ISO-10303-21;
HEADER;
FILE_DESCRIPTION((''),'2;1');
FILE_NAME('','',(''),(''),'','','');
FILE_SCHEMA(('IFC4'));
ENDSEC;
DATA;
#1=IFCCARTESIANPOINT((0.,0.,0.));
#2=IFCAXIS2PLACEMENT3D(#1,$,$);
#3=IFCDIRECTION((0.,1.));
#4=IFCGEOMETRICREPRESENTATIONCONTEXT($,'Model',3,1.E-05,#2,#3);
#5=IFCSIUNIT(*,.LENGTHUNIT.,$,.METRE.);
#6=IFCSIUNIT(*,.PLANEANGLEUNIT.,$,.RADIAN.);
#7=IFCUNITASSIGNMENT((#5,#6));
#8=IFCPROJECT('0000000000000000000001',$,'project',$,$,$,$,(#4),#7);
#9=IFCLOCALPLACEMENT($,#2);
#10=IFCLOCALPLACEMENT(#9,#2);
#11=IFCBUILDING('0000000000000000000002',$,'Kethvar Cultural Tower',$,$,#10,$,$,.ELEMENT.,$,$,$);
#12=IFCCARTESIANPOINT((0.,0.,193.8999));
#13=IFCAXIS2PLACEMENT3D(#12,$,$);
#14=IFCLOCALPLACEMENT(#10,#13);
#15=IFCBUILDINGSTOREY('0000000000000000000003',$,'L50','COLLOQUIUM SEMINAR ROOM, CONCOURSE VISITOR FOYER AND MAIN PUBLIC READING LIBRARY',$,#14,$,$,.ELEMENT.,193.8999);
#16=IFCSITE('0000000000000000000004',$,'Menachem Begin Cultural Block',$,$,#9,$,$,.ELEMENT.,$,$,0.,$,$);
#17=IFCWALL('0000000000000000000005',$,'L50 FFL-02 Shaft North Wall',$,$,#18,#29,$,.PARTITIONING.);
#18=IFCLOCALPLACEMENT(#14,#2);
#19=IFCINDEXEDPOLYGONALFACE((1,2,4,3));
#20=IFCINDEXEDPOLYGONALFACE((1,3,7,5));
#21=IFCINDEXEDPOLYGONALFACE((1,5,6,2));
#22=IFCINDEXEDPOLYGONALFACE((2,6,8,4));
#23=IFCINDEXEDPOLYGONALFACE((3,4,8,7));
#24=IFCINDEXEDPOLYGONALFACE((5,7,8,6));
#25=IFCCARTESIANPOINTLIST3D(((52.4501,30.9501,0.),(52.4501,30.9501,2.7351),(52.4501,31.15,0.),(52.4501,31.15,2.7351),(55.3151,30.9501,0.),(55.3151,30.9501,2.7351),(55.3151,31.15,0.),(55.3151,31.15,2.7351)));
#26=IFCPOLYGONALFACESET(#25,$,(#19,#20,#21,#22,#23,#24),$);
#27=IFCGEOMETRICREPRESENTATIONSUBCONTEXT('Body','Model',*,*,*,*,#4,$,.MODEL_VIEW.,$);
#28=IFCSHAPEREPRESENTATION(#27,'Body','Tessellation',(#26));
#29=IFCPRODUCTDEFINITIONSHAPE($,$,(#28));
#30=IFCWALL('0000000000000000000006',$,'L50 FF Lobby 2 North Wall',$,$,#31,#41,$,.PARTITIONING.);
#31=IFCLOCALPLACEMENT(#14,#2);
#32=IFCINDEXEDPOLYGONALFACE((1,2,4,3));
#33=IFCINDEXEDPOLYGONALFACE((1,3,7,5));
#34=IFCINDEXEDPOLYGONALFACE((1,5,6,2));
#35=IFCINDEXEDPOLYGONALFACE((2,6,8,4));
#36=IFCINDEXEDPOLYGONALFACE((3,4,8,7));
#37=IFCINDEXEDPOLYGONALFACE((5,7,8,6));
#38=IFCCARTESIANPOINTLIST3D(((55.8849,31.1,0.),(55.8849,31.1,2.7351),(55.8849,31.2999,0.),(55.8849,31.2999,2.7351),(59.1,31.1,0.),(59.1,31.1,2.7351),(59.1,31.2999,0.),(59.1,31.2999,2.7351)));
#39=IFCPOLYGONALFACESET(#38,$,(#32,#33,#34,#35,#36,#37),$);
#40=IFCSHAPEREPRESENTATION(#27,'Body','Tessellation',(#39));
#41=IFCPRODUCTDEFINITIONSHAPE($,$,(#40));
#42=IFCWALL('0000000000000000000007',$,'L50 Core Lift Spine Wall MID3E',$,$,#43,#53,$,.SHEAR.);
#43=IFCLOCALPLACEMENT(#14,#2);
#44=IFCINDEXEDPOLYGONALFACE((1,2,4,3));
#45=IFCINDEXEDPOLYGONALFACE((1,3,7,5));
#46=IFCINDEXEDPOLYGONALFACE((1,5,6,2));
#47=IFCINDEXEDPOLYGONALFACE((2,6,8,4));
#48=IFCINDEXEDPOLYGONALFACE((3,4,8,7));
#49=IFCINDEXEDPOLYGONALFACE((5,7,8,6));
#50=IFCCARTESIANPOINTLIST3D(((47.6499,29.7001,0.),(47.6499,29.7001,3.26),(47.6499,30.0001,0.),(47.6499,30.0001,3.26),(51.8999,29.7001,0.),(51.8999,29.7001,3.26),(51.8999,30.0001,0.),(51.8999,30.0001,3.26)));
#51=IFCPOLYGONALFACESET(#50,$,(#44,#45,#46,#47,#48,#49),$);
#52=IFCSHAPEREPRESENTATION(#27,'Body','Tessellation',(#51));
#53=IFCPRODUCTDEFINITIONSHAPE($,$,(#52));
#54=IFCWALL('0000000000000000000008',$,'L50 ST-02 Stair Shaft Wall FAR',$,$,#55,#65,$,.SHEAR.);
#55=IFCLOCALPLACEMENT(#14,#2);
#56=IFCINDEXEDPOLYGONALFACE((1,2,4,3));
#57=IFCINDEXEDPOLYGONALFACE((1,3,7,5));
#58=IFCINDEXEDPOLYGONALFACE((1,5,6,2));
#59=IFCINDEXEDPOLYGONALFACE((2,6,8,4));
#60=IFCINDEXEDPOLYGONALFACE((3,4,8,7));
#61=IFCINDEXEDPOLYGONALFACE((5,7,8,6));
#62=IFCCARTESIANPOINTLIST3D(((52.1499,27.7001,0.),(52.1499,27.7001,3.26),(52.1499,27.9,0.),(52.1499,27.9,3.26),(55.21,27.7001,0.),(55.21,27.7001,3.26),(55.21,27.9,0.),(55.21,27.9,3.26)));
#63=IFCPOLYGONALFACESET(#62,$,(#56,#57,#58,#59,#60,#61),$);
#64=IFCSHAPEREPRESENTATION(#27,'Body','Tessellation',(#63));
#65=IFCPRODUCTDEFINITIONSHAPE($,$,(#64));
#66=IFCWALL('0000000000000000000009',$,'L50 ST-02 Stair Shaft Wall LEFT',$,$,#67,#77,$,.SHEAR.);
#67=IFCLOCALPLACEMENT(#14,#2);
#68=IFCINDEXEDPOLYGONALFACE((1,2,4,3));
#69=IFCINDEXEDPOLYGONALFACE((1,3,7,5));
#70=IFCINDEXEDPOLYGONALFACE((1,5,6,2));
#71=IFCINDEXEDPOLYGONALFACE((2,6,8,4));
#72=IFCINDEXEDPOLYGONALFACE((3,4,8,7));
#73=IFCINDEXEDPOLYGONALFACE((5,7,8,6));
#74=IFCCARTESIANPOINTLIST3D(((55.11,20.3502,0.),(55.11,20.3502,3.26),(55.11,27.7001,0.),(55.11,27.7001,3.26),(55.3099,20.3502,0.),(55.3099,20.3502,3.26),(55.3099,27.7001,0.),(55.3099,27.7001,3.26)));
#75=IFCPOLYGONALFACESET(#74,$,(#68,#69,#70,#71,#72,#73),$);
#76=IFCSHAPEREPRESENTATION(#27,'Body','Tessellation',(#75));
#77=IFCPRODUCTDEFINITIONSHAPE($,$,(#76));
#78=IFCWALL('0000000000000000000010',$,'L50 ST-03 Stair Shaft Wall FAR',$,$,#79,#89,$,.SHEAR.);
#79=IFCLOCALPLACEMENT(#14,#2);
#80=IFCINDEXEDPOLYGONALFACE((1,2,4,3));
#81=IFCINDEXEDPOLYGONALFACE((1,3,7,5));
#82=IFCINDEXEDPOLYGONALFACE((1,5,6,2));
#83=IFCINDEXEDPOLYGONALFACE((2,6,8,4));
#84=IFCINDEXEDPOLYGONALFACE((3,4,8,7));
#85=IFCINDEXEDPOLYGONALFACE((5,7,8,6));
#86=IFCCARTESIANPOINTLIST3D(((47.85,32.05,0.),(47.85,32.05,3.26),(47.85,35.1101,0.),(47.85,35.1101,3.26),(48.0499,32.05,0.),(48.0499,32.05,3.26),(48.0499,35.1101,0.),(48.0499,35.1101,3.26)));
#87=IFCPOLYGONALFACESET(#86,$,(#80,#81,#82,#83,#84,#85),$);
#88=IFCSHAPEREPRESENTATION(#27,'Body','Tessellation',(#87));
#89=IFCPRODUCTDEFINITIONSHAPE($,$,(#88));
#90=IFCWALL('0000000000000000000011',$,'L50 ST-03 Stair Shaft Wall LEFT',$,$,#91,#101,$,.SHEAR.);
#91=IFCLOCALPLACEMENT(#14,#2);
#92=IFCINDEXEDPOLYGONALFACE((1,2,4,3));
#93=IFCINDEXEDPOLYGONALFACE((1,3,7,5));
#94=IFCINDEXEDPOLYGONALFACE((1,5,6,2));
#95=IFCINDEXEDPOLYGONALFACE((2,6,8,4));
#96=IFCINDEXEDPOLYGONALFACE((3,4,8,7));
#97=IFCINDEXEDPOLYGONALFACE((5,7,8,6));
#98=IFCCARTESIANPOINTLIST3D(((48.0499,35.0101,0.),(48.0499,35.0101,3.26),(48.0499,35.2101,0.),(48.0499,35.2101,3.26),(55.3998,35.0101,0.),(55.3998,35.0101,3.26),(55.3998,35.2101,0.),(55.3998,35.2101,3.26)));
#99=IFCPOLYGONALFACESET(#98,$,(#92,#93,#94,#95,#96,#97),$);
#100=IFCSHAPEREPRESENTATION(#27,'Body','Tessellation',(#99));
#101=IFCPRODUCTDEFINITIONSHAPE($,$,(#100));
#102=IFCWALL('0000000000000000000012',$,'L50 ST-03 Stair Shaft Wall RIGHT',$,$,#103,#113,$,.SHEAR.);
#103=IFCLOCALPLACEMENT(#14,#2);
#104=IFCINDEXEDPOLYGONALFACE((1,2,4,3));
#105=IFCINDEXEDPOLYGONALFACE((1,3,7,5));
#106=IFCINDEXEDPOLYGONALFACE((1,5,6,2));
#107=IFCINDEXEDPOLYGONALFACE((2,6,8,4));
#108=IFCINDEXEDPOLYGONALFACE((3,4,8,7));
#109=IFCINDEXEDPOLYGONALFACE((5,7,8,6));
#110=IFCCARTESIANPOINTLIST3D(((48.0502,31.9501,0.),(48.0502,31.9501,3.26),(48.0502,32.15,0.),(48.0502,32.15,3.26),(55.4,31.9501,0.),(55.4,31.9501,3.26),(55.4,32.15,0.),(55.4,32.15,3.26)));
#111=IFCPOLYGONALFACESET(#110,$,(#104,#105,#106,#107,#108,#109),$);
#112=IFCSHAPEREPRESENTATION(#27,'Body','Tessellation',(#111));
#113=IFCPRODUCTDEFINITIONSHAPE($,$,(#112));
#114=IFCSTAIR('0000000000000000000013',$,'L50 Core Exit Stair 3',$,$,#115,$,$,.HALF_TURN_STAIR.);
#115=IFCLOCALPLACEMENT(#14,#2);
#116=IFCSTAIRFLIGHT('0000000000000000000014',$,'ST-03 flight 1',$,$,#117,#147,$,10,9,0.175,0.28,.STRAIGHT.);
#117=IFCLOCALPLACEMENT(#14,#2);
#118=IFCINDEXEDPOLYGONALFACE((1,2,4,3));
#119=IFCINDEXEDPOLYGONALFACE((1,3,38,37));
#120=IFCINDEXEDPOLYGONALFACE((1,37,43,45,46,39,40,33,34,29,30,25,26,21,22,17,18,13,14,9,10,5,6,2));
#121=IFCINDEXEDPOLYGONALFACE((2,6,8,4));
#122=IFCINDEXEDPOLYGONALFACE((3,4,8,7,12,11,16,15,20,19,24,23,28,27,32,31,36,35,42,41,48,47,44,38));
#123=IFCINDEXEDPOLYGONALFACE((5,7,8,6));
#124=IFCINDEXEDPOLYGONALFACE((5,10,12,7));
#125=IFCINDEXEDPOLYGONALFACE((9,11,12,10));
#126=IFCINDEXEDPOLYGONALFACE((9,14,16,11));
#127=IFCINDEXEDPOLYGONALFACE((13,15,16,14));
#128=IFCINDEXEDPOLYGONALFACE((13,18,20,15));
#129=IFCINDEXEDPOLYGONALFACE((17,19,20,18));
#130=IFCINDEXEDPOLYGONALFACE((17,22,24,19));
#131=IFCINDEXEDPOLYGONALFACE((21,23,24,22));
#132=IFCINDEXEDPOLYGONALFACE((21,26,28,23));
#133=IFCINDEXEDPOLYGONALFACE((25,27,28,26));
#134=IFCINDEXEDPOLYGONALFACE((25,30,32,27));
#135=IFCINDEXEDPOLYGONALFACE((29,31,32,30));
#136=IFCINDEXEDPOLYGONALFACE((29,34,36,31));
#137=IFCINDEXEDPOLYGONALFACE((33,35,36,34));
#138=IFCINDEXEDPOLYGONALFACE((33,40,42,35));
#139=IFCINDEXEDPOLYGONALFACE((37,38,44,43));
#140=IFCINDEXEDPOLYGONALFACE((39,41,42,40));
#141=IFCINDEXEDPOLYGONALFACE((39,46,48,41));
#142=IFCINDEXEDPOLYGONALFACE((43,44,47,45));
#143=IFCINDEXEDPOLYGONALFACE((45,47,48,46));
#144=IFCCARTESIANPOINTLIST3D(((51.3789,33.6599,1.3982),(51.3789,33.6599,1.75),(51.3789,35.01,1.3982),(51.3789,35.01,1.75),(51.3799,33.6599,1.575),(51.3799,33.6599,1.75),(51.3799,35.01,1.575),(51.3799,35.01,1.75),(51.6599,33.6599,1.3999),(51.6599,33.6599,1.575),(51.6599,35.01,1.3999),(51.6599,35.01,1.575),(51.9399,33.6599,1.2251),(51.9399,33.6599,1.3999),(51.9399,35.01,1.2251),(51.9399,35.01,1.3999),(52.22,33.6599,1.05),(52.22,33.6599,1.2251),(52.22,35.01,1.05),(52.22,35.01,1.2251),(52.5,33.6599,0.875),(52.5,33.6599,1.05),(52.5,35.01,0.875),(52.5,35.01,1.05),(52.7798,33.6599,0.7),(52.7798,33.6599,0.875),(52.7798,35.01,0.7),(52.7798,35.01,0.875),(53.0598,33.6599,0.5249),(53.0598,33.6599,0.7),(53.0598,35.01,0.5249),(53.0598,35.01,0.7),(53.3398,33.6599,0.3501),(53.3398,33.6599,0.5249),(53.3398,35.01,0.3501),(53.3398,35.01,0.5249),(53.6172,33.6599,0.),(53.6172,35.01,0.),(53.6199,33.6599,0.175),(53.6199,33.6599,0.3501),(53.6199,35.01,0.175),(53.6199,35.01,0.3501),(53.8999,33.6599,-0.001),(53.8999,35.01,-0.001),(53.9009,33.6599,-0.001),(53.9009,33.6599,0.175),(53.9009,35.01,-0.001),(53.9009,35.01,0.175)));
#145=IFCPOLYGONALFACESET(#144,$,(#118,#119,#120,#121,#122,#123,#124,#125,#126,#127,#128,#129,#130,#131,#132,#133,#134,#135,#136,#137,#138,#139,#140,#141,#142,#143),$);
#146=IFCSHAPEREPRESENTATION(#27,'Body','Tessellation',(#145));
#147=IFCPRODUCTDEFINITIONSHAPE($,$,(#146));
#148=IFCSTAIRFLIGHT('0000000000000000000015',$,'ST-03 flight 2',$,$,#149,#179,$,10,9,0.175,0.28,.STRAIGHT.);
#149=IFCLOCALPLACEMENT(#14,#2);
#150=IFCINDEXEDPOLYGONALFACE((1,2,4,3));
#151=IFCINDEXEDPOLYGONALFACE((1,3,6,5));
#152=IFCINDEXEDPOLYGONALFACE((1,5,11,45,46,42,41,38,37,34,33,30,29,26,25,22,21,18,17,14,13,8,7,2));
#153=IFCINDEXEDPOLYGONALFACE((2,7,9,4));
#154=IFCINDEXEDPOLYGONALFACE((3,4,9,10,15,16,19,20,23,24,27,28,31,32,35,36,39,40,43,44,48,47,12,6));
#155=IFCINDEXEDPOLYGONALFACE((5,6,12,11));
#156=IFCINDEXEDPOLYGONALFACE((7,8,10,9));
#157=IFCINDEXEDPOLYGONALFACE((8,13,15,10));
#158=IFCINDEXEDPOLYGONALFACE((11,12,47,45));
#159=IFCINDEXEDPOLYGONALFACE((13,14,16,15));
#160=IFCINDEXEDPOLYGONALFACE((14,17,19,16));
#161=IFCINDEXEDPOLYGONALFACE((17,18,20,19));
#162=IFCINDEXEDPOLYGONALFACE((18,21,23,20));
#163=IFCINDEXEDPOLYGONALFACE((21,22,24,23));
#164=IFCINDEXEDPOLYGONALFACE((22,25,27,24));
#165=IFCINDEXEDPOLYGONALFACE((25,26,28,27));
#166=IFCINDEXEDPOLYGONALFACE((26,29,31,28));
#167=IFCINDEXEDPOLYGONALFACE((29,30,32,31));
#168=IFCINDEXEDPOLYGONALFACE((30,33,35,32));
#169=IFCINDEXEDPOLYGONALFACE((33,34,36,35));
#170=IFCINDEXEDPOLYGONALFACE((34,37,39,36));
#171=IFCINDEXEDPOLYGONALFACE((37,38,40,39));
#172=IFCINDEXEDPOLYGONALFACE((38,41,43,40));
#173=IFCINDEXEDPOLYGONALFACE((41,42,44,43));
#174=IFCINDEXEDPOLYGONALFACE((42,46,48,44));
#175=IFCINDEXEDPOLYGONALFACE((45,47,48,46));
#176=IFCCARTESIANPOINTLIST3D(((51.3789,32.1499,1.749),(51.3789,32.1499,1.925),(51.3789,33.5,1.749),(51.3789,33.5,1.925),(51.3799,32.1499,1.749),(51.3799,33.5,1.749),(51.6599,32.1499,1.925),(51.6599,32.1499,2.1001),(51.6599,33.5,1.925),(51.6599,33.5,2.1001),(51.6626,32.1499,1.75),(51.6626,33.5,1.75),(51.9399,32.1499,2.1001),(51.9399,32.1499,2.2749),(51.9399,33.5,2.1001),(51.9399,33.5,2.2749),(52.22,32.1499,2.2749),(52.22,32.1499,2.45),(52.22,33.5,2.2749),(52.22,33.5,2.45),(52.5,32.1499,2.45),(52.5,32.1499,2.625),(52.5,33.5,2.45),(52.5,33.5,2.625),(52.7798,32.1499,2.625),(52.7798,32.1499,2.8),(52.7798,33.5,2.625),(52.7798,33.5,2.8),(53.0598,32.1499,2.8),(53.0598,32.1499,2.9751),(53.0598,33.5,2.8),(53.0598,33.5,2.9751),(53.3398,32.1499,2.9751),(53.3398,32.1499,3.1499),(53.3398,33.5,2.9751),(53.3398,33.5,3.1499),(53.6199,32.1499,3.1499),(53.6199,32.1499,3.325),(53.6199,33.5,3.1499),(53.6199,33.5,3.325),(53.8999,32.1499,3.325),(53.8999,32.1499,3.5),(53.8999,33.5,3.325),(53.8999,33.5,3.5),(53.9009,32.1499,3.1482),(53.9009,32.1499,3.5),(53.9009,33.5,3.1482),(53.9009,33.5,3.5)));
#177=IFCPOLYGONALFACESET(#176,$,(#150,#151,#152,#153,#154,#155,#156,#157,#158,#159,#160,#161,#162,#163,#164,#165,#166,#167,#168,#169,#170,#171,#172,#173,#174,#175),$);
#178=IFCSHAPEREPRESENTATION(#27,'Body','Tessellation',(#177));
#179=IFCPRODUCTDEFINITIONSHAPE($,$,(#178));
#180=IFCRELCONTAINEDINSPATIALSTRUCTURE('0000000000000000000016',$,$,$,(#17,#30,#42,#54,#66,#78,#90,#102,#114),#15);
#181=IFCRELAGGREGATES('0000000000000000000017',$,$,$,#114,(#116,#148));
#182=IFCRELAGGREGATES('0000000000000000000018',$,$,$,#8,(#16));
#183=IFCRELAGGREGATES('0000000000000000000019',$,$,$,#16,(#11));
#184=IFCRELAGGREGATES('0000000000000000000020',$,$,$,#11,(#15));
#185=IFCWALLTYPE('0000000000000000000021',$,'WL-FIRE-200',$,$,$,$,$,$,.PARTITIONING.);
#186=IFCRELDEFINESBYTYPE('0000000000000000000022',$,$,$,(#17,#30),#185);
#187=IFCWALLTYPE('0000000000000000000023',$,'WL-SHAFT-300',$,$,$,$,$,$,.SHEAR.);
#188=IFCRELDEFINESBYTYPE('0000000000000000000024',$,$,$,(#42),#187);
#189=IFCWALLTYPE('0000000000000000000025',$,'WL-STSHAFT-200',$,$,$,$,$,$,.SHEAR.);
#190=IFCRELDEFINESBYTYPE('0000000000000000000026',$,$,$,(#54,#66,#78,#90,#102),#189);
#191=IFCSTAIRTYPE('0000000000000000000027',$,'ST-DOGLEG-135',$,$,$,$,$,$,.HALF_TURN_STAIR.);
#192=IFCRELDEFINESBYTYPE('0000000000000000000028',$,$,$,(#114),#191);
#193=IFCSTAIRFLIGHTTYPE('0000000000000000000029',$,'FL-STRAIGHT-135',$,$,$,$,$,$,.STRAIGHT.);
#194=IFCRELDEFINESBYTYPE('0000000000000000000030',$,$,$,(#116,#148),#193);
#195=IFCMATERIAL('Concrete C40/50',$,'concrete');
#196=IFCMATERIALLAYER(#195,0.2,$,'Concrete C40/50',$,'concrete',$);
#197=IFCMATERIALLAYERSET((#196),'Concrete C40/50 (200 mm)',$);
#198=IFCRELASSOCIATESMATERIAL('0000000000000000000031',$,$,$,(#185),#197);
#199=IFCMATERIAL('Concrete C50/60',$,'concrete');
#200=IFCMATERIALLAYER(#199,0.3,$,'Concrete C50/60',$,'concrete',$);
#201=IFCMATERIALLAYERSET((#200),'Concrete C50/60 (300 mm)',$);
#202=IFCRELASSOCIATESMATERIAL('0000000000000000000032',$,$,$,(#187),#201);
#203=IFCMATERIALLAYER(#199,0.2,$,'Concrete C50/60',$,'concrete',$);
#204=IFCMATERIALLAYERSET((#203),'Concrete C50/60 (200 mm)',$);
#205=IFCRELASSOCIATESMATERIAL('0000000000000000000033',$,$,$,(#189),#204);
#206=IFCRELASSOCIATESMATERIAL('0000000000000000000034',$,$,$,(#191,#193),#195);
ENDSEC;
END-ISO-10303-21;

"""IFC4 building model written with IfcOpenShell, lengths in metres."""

from ifc_helpers import new_model, si_unit, direction, frame, frame_2d, origin, place, context, subcontext, project, spatial, polyline, rectangle, outline, extrude, material, layer, layer_set, type_object, element, aggregate, save


model = new_model("IFC4")

# Units and contexts
model_context = context("Model", 3, precision=1e-05, world=origin(), true_north=direction((0.0, 1.0)))
body_context = subcontext(model_context, "Body", "Model", "MODEL_VIEW")
ifc_project = project(units=[si_unit("LENGTHUNIT", "METRE"), si_unit("PLANEANGLEUNIT", "RADIAN")], contexts=[model_context])

# Site, building, storey
site_placement = place(None, origin())
site = spatial("IfcSite", under=ifc_project, at=site_placement, Name="Menachem Begin Cultural Block", CompositionType="ELEMENT", RefElevation=0.0)
building_placement = place(site_placement, origin())
building = spatial("IfcBuilding", under=site, at=building_placement, Name="Kethvar Cultural Tower", CompositionType="ELEMENT")
storey_placement = place(building_placement, frame((0.0, 0.0, 193.8999)))
storey = spatial("IfcBuildingStorey", under=building, at=storey_placement, Name="L50", Description="COLLOQUIUM SEMINAR ROOM, CONCOURSE VISITOR FOYER AND MAIN PUBLIC READING LIBRARY", CompositionType="ELEMENT", Elevation=193.8999)

# Walls
ifc_material_1 = material(Name="Concrete C40/50", Category="concrete")
ifc_layer_1 = layer(ifc_material_1, 0.2, Name="Concrete C40/50", Category="concrete")
ifc_layer_set_1 = layer_set([ifc_layer_1], Name="Concrete C40/50 (200 mm)")
wall_type_1 = type_object("IfcWallType", Name="WL-FIRE-200", PredefinedType="PARTITIONING", material=ifc_layer_set_1)
for number, where, z_axis, x_axis, name in (
    (1, (52.45, 31.05, 0.0), (0.0, 0.0, 1.0), (1.0, 0.0, 0.0), "L50 FFL-02 Shaft North Wall"),
):
    element("IfcWall", number, at=place(storey_placement, frame(where, z_axis=z_axis, x_axis=x_axis)), inside=storey, type_object=wall_type_1, Name=name, PredefinedType="PARTITIONING", context=body_context, shape_type="SweptSolid", body=[
        extrude(rectangle(XDim=2.865, YDim=0.2, at=frame_2d((1.4326, 0.0))), origin(), (0.0, 0.0, 1.0), 2.7351),
    ])
wall_1_placement = place(storey_placement, frame((55.885, 31.2, 0.0), z_axis=(0.0, 0.0, 1.0), x_axis=(1.0, 0.0, 0.0)))
element("IfcWall", 2, at=wall_1_placement, inside=storey, type_object=wall_type_1, Name="L50 FF Lobby 2 North Wall", PredefinedType="PARTITIONING", context=body_context, shape_type="SweptSolid", body=[
    extrude(rectangle(XDim=3.2151, YDim=0.2, at=frame_2d((1.6074, 0.0))), origin(), (0.0, 0.0, 1.0), 2.7351),
])
ifc_material_2 = material(Name="Concrete C50/60", Category="concrete")
ifc_layer_2 = layer(ifc_material_2, 0.3, Name="Concrete C50/60", Category="concrete")
ifc_layer_set_2 = layer_set([ifc_layer_2], Name="Concrete C50/60 (300 mm)")
wall_type_2 = type_object("IfcWallType", Name="WL-SHAFT-300", PredefinedType="SHEAR", material=ifc_layer_set_2)
wall_2_placement = place(storey_placement, frame((47.6499, 29.8501, 0.0), z_axis=(0.0, 0.0, 1.0), x_axis=(1.0, 0.0, 0.0)))
element("IfcWall", 3, at=wall_2_placement, inside=storey, type_object=wall_type_2, Name="L50 Core Lift Spine Wall MID3E", PredefinedType="SHEAR", context=body_context, shape_type="SweptSolid", body=[
    extrude(rectangle(XDim=4.25, YDim=0.3, at=frame_2d((2.125, 0.0))), origin(), (0.0, 0.0, 1.0), 3.26),
])
ifc_layer_3 = layer(ifc_material_2, 0.2, Name="Concrete C50/60", Category="concrete")
ifc_layer_set_3 = layer_set([ifc_layer_3], Name="Concrete C50/60 (200 mm)")
wall_type_3 = type_object("IfcWallType", Name="WL-STSHAFT-200", PredefinedType="SHEAR", material=ifc_layer_set_3)
wall_3_placement = place(storey_placement, frame((52.1499, 27.8, 0.0), z_axis=(0.0, 0.0, 1.0), x_axis=(1.0, 0.0, 0.0)))
element("IfcWall", 4, at=wall_3_placement, inside=storey, type_object=wall_type_3, Name="L50 ST-02 Stair Shaft Wall FAR", PredefinedType="SHEAR", context=body_context, shape_type="SweptSolid", body=[
    extrude(rectangle(XDim=3.0601, YDim=0.2, at=frame_2d((1.53, 0.0))), origin(), (0.0, 0.0, 1.0), 3.26),
])
wall_4_placement = place(storey_placement, frame((55.21, 27.7, 0.0), z_axis=(0.0, 0.0, 1.0), x_axis=(0.0, -1.0, 0.0)))
element("IfcWall", 5, at=wall_4_placement, inside=storey, type_object=wall_type_3, Name="L50 ST-02 Stair Shaft Wall LEFT", PredefinedType="SHEAR", context=body_context, shape_type="SweptSolid", body=[
    extrude(rectangle(XDim=7.3499, YDim=0.2, at=frame_2d((3.6748, 0.0))), origin(), (0.0, 0.0, 1.0), 3.26),
])
wall_5_placement = place(storey_placement, frame((47.95, 32.05, 0.0), z_axis=(0.0, 0.0, 1.0), x_axis=(0.0, 1.0, 0.0)))
element("IfcWall", 6, at=wall_5_placement, inside=storey, type_object=wall_type_3, Name="L50 ST-03 Stair Shaft Wall FAR", PredefinedType="SHEAR", context=body_context, shape_type="SweptSolid", body=[
    extrude(rectangle(XDim=3.0601, YDim=0.2, at=frame_2d((1.53, 0.0))), origin(), (0.0, 0.0, 1.0), 3.26),
])
for number, where, z_axis, x_axis, name in (
    (7, (48.05, 35.1101, 0.0), (0.0, 0.0, 1.0), (1.0, 0.0, 0.0), "L50 ST-03 Stair Shaft Wall LEFT"),
    (8, (55.3999, 32.05, 0.0), (0.0, 0.0, 1.0), (-1.0, 0.0, 0.0), "L50 ST-03 Stair Shaft Wall RIGHT"),
):
    element("IfcWall", number, at=place(storey_placement, frame(where, z_axis=z_axis, x_axis=x_axis)), inside=storey, type_object=wall_type_3, Name=name, PredefinedType="SHEAR", context=body_context, shape_type="SweptSolid", body=[
        extrude(rectangle(XDim=7.3499, YDim=0.2, at=frame_2d((3.6748, 0.0))), origin(), (0.0, 0.0, 1.0), 3.26),
    ])

# Stair, stair flights
stair_type = type_object("IfcStairType", Name="ST-DOGLEG-135", PredefinedType="HALF_TURN_STAIR", material=ifc_material_1)
stair_placement = place(storey_placement, origin())
stair = element("IfcStair", 9, at=stair_placement, inside=storey, type_object=stair_type, Name="L50 Core Exit Stair 3", PredefinedType="HALF_TURN_STAIR")
stair_flight_type = type_object("IfcStairFlightType", Name="FL-STRAIGHT-135", PredefinedType="STRAIGHT", material=ifc_material_1)
stair_flight_1_placement = place(storey_placement, frame((53.8999, 34.335, 0.0), z_axis=(0.0, 0.0, 1.0), x_axis=(-1.0, 0.0, 0.0)))
stair_flight_1 = element("IfcStairFlight", 10, at=stair_flight_1_placement, type_object=stair_flight_type, Name="ST-03 flight 1", NumberOfRisers=10, NumberOfTreads=9, PredefinedType="STRAIGHT", RiserHeight=0.175, TreadLength=0.28, context=body_context, shape_type="SweptSolid", body=[
    extrude(outline(polyline([(-0.001, -0.001), (-0.001, 0.175), (0.28, 0.175), (0.28, 0.3501), (0.5601, 0.3501), (0.5601, 0.5249), (0.8401, 0.5249), (0.8401, 0.7), (1.1201, 0.7), (1.1201, 0.875), (1.3999, 0.875), (1.3999, 1.05), (1.6799, 1.05), (1.6799, 1.2251), (1.96, 1.2251), (1.96, 1.3999), (2.24, 1.3999), (2.24, 1.575), (2.52, 1.575), (2.52, 1.75), (2.521, 1.75), (2.521, 1.3982), (0.2827, 0.0), (0.0, -0.001), (-0.001, -0.001)])), frame((0.0, 0.675, 0.0), z_axis=(0.0, -1.0, 0.0), x_axis=(1.0, 0.0, 0.0)), (0.0, 0.0, 1.0), 1.3501),
])
stair_flight_2_placement = place(storey_placement, frame((51.3799, 32.825, 1.75), z_axis=(0.0, 0.0, 1.0), x_axis=(1.0, 0.0, 0.0)))
stair_flight_2 = element("IfcStairFlight", 11, at=stair_flight_2_placement, type_object=stair_flight_type, Name="ST-03 flight 2", NumberOfRisers=10, NumberOfTreads=9, PredefinedType="STRAIGHT", RiserHeight=0.175, TreadLength=0.28, context=body_context, shape_type="SweptSolid", body=[
    extrude(outline(polyline([(-0.001, -0.001), (-0.001, 0.175), (0.28, 0.175), (0.28, 0.3501), (0.5601, 0.3501), (0.5601, 0.5249), (0.8401, 0.5249), (0.8401, 0.7), (1.1201, 0.7), (1.1201, 0.875), (1.3999, 0.875), (1.3999, 1.05), (1.6799, 1.05), (1.6799, 1.2251), (1.96, 1.2251), (1.96, 1.3999), (2.24, 1.3999), (2.24, 1.575), (2.52, 1.575), (2.52, 1.75), (2.521, 1.75), (2.521, 1.3982), (0.2827, 0.0), (0.0, -0.001), (-0.001, -0.001)])), frame((0.0, 0.675, 0.0), z_axis=(0.0, -1.0, 0.0), x_axis=(1.0, 0.0, 0.0)), (0.0, 0.0, 1.0), 1.3501),
])
aggregate(stair, [stair_flight_1, stair_flight_2])

save(model, "model.ifc")
